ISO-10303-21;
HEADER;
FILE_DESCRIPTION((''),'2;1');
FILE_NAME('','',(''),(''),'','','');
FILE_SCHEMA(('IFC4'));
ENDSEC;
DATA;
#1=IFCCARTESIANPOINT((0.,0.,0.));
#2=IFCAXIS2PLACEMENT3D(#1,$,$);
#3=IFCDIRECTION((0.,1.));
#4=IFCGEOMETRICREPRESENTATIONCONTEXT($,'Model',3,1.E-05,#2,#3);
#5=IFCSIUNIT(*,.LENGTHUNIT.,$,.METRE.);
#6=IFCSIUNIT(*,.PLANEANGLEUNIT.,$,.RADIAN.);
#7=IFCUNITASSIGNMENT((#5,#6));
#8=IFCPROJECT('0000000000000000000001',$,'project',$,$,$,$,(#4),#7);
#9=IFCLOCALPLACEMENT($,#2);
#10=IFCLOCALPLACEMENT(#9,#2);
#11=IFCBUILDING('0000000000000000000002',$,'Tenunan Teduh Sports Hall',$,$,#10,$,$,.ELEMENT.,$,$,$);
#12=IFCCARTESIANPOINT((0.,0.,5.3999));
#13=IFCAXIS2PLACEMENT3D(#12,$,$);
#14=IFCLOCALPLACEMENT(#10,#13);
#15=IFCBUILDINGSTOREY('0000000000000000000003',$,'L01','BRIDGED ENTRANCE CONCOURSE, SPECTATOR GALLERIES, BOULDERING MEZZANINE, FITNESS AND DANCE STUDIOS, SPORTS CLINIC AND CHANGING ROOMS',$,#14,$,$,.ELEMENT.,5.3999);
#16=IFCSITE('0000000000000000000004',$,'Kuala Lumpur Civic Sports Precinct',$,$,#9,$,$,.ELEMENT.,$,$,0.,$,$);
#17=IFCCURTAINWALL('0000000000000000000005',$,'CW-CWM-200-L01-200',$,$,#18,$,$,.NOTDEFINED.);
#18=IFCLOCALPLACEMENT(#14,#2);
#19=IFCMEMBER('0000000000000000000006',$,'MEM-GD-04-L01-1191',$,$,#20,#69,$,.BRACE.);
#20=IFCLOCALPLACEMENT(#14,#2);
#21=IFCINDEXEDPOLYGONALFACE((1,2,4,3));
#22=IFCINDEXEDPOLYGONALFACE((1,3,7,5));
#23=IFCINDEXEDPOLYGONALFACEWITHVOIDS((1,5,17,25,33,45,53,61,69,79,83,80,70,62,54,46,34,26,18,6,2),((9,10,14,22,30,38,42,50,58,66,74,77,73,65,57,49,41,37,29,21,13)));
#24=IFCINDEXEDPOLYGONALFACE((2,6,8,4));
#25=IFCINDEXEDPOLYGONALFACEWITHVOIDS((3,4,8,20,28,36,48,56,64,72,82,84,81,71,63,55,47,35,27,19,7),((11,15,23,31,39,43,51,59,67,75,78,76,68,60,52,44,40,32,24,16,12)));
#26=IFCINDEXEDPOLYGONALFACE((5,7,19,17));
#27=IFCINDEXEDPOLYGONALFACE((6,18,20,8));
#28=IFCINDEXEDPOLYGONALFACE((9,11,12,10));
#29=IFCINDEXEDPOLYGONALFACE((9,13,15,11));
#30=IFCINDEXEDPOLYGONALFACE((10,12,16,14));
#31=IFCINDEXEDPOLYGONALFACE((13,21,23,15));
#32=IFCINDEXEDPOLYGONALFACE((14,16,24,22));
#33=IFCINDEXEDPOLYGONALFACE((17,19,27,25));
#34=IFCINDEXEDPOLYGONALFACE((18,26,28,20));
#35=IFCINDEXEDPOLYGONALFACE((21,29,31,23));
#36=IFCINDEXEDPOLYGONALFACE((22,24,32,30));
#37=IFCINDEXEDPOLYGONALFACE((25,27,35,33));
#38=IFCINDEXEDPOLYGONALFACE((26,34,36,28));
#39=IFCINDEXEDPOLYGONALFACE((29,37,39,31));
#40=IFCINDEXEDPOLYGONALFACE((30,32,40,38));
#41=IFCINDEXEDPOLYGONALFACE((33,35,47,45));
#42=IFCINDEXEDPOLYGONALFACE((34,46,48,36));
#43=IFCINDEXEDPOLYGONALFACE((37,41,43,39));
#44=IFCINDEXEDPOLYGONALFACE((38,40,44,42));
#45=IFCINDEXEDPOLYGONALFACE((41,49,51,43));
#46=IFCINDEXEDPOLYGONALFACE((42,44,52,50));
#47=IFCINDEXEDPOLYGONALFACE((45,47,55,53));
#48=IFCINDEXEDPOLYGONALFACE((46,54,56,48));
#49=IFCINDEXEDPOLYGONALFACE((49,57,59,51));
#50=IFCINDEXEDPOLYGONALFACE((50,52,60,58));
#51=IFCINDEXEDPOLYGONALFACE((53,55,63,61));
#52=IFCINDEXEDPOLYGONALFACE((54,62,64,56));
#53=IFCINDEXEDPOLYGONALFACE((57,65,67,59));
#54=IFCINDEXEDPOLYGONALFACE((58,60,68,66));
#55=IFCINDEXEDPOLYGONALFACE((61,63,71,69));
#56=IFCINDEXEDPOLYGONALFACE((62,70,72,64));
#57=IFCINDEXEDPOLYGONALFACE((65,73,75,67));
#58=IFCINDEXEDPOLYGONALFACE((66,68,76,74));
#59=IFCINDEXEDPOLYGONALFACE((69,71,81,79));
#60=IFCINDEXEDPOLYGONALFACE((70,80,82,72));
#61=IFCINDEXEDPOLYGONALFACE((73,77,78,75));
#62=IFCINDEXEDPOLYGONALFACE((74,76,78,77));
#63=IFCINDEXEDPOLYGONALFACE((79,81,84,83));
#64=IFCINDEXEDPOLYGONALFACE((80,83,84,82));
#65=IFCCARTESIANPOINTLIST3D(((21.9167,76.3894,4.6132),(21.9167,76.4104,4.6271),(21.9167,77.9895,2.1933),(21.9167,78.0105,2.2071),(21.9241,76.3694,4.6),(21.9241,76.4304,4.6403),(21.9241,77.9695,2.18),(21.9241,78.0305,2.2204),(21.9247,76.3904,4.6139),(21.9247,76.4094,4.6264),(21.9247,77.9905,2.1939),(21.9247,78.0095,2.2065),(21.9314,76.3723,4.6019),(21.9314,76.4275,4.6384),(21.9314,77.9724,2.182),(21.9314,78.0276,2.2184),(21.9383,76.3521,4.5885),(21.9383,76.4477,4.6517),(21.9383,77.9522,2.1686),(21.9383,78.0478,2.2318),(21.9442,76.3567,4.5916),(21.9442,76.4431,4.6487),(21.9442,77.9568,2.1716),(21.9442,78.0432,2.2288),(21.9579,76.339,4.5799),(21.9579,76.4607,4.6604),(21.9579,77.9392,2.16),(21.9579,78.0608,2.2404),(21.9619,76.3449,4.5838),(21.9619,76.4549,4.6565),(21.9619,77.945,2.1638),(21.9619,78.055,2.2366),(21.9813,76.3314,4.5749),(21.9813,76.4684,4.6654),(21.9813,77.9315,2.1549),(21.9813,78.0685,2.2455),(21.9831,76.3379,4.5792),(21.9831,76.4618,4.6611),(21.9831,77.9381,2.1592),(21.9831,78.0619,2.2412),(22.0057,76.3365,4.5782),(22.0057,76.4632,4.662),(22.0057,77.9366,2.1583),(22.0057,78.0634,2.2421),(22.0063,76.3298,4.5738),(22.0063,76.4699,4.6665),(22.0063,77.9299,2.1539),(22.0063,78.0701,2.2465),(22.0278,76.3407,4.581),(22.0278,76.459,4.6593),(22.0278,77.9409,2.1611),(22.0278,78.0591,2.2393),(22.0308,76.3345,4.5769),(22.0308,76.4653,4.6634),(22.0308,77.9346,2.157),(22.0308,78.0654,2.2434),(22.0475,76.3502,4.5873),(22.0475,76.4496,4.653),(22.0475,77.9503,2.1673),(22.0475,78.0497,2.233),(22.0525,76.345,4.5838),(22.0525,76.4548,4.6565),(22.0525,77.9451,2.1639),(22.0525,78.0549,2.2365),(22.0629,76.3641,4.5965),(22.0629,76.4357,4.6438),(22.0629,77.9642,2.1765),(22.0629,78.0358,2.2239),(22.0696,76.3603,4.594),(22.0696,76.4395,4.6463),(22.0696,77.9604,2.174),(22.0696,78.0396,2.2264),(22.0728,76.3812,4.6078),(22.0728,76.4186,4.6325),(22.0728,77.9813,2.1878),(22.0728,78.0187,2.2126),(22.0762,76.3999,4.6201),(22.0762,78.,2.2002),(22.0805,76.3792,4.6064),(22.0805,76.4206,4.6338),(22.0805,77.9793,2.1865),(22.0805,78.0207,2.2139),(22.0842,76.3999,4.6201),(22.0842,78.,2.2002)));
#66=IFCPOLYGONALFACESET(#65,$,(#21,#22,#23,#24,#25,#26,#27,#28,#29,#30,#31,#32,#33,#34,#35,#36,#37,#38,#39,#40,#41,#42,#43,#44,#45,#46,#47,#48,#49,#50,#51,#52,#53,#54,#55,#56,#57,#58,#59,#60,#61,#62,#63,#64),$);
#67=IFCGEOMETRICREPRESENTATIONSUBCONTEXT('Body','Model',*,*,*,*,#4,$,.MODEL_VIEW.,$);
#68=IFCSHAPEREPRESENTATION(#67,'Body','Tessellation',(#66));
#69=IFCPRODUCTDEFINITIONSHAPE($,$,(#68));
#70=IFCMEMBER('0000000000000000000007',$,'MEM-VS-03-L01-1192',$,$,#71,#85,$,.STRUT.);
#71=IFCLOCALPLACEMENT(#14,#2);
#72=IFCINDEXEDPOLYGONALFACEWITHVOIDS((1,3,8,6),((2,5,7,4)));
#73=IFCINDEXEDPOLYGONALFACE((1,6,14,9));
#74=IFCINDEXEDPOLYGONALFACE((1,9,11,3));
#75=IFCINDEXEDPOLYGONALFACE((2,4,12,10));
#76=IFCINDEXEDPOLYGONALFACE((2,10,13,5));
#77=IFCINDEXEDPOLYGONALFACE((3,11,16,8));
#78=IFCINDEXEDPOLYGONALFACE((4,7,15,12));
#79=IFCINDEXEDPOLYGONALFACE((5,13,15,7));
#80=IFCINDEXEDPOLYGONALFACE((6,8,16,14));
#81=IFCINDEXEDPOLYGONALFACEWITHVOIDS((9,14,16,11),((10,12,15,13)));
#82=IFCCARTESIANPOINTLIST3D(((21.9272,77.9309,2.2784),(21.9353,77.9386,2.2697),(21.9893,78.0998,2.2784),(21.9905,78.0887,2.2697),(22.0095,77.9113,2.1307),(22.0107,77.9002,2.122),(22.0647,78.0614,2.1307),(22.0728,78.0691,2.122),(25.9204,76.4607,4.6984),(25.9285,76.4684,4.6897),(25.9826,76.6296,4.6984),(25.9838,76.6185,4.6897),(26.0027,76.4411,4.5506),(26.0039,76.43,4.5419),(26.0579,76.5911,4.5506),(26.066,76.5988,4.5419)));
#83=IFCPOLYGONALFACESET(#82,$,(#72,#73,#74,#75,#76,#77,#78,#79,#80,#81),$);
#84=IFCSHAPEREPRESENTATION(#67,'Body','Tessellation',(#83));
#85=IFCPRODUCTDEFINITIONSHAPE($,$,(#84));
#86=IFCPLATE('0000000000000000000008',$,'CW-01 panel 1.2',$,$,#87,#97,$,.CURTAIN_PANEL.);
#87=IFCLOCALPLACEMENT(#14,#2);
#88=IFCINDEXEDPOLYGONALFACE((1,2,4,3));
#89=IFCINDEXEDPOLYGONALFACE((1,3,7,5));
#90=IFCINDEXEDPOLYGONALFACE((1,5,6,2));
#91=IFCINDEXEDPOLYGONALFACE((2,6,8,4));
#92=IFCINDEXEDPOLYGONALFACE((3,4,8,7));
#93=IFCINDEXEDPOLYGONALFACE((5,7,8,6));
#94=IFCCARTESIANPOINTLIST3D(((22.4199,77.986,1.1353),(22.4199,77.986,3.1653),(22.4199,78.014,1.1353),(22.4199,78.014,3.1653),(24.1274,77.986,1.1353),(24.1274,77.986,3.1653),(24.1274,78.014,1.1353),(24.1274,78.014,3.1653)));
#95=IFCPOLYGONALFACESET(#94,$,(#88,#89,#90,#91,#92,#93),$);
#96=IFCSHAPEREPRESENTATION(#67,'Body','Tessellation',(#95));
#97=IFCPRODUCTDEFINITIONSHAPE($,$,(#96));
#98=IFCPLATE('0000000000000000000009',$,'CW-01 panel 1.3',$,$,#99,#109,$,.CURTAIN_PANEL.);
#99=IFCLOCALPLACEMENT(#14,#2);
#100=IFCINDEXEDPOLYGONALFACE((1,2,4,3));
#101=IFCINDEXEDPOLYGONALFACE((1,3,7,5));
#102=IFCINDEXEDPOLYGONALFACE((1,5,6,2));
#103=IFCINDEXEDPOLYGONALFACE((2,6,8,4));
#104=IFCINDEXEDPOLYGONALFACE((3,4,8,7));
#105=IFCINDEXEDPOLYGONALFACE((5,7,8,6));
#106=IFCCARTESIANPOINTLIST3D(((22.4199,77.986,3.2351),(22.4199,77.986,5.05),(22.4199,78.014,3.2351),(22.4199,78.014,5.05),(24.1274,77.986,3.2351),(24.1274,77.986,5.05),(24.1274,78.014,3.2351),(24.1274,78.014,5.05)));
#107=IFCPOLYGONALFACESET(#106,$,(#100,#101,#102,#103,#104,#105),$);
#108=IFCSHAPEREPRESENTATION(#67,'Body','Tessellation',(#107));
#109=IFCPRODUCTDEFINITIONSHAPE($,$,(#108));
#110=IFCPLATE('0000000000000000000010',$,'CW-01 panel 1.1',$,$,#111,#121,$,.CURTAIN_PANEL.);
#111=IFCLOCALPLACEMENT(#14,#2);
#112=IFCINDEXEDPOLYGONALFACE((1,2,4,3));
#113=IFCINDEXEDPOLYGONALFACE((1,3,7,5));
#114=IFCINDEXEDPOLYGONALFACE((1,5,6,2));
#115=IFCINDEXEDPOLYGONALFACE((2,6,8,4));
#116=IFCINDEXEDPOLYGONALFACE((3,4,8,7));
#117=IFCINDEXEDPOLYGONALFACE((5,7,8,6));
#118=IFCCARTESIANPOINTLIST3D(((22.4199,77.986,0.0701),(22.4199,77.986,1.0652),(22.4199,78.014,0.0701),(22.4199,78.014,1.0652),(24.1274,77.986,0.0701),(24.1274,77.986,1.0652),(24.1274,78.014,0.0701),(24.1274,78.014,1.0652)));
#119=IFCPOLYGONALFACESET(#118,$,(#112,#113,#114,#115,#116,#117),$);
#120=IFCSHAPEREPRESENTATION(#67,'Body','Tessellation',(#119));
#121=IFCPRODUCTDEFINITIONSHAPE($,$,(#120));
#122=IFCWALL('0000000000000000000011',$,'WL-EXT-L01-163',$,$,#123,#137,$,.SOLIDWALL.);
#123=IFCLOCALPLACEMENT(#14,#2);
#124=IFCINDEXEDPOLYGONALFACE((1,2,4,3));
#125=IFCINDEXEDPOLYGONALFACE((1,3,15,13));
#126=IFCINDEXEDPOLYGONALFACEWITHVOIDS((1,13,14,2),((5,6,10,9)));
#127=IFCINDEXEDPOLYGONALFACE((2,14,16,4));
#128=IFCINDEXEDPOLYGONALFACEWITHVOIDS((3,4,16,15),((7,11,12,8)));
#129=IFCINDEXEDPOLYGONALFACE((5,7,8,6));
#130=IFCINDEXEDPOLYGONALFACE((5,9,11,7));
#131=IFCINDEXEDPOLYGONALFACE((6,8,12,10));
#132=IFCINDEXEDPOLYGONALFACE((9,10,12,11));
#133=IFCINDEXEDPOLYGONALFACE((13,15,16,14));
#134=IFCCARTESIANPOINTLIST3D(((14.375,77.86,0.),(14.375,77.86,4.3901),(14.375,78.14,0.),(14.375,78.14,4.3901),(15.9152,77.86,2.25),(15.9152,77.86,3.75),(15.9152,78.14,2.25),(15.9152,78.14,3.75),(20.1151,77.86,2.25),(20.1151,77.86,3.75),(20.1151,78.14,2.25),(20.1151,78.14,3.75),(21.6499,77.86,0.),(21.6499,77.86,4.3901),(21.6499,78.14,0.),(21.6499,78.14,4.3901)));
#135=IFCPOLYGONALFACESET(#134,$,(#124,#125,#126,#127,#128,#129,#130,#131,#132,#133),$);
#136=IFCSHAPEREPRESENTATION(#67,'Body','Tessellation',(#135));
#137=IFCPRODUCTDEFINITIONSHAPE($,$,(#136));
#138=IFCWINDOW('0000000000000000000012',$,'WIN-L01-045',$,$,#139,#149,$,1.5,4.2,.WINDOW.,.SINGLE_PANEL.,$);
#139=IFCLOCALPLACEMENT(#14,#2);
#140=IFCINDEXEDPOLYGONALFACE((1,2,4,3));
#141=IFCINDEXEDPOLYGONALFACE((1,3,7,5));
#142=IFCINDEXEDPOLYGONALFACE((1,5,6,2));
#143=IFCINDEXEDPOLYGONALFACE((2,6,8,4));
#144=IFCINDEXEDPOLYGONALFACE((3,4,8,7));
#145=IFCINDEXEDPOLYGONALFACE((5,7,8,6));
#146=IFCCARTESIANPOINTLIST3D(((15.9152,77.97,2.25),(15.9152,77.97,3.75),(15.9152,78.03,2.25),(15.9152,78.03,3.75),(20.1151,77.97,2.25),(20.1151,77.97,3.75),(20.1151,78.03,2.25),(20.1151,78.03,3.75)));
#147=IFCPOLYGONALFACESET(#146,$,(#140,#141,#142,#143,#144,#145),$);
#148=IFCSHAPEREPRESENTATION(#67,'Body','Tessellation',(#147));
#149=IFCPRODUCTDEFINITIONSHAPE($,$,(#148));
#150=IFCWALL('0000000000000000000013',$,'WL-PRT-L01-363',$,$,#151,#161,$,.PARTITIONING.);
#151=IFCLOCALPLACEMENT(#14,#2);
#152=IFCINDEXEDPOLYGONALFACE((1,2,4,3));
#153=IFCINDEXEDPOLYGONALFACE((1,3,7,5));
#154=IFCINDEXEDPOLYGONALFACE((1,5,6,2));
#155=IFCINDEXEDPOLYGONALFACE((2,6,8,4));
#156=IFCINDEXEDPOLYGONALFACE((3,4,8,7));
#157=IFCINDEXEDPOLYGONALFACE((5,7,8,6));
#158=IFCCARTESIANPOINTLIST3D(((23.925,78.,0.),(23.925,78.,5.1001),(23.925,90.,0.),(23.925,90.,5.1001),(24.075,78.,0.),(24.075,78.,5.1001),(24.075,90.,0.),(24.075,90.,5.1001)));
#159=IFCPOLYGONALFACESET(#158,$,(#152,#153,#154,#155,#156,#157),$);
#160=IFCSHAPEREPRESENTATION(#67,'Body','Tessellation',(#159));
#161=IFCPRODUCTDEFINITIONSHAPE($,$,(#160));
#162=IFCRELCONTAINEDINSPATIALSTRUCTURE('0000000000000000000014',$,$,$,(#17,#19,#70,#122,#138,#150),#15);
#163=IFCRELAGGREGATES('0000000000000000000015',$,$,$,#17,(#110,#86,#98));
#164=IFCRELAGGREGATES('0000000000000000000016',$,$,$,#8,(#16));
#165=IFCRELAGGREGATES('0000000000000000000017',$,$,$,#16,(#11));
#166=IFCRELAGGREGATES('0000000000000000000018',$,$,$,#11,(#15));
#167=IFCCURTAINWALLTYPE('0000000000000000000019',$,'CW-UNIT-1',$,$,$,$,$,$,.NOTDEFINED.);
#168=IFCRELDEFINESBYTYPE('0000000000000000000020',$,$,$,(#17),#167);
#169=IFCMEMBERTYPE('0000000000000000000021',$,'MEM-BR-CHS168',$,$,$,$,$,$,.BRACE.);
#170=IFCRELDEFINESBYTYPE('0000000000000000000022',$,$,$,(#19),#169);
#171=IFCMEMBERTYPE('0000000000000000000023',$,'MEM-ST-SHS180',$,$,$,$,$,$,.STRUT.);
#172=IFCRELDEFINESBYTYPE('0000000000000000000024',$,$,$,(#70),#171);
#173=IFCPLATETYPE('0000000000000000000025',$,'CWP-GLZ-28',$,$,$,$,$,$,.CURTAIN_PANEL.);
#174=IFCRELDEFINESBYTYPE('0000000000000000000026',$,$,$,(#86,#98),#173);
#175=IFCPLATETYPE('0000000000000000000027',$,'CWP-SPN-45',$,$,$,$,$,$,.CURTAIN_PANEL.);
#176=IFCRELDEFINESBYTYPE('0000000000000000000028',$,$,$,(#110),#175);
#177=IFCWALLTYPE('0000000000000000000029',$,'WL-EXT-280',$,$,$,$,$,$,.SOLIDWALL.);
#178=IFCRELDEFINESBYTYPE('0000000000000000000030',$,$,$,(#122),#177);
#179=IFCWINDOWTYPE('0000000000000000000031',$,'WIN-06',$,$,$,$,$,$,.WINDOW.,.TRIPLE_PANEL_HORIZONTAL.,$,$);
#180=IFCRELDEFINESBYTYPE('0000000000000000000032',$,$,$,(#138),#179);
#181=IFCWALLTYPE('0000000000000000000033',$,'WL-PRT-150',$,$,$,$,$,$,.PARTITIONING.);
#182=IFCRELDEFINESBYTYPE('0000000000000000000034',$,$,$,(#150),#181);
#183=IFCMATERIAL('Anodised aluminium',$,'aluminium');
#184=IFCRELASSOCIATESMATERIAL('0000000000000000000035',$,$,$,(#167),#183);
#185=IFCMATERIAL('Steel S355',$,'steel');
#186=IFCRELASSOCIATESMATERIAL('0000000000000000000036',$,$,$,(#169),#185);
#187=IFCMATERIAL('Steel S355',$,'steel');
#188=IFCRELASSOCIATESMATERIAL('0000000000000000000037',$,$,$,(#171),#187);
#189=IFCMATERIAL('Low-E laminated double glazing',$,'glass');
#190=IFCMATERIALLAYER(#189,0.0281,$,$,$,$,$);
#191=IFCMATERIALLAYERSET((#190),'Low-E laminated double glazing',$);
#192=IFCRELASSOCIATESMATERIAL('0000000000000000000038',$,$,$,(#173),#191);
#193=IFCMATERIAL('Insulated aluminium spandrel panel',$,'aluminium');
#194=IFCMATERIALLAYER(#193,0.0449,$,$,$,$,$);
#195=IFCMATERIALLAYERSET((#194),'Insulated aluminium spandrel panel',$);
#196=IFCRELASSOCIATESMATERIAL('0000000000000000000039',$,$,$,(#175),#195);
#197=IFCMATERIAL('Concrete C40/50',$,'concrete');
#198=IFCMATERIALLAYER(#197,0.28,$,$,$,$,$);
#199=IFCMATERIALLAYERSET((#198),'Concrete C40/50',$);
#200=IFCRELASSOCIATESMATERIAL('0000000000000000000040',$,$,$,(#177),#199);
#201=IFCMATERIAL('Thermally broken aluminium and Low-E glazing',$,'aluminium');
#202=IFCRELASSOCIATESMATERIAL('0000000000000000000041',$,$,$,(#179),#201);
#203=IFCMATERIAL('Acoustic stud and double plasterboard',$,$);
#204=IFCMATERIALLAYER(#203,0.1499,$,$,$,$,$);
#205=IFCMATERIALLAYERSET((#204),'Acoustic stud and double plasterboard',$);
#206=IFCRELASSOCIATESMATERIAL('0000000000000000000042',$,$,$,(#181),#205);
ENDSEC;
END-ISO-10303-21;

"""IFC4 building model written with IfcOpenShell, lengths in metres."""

from ifc_helpers import new_model, si_unit, direction, frame, frame_2d, origin, origin_2d, place, context, subcontext, project, spatial, rectangle, hollow_rectangle, hollow_circle, extrude, material, layer, layer_set, material_profile, profile_set, type_object, element, fill, aggregate, save


model = new_model("IFC4")

# Units and contexts
model_context = context("Model", 3, precision=1e-05, world=origin(), true_north=direction((0.0, 1.0)))
body_context = subcontext(model_context, "Body", "Model", "MODEL_VIEW")
ifc_project = project(units=[si_unit("LENGTHUNIT", "METRE"), si_unit("PLANEANGLEUNIT", "RADIAN")], contexts=[model_context])

# Site, building, storey
site_placement = place(None, origin())
site = spatial("IfcSite", under=ifc_project, at=site_placement, Name="Kuala Lumpur Civic Sports Precinct", CompositionType="ELEMENT", RefElevation=0.0)
building_placement = place(site_placement, origin())
building = spatial("IfcBuilding", under=site, at=building_placement, Name="Tenunan Teduh Sports Hall", CompositionType="ELEMENT")
storey_placement = place(building_placement, frame((0.0, 0.0, 5.3999)))
storey = spatial("IfcBuildingStorey", under=building, at=storey_placement, Name="L01", Description="BRIDGED ENTRANCE CONCOURSE, SPECTATOR GALLERIES, BOULDERING MEZZANINE, FITNESS AND DANCE STUDIOS, SPORTS CLINIC AND CHANGING ROOMS", CompositionType="ELEMENT", Elevation=5.3999)

# Curtain wall
ifc_material_1 = material(Name="Anodised aluminium", Category="aluminium")
curtain_wall_type = type_object("IfcCurtainWallType", Name="CW-UNIT-1", PredefinedType="NOTDEFINED", material=ifc_material_1)
curtain_wall_placement = place(storey_placement, origin())
curtain_wall = element("IfcCurtainWall", 1, at=curtain_wall_placement, inside=storey, type_object=curtain_wall_type, Name="CW-CWM-200-L01-200", PredefinedType="NOTDEFINED")

# Members
ifc_material_2 = material(Name="Steel S355", Category="steel")
ifc_material_profile_1 = material_profile(ifc_material_2, hollow_circle(Radius=0.0842, WallThickness=0.0081, at=origin_2d()), Name="CHS 168.3x8.0")
ifc_profile_set_1 = profile_set([ifc_material_profile_1], Name="Steel S355")
member_type_1 = type_object("IfcMemberType", Name="MEM-BR-CHS168", PredefinedType="BRACE", material=ifc_profile_set_1)
member_1_placement = place(storey_placement, frame((22.0, 78.0, 2.2002), z_axis=(0.0, -0.55155, 0.834142), x_axis=(1.0, 0.0, 0.0)))
element("IfcMember", 2, at=member_1_placement, inside=storey, type_object=member_type_1, Name="MEM-GD-04-L01-1191", PredefinedType="BRACE", context=body_context, shape_type="SweptSolid", body=[
    extrude(hollow_circle(Radius=0.0842, WallThickness=0.0081, at=origin_2d()), origin(), (0.0, 0.0, 1.0), 2.9011),
])
ifc_material_3 = material(Name="Steel S355", Category="steel")
ifc_material_profile_2 = material_profile(ifc_material_3, hollow_rectangle(XDim=0.1799, YDim=0.1799, WallThickness=0.01, at=origin_2d()), Name="SHS 180x180x10.0")
ifc_profile_set_2 = profile_set([ifc_material_profile_2], Name="Steel S355")
member_type_2 = type_object("IfcMemberType", Name="MEM-ST-SHS180", PredefinedType="STRUT", material=ifc_profile_set_2)
member_2_placement = place(storey_placement, frame((22.0, 78.0, 2.2002), z_axis=(0.815732, -0.300338, 0.494347), x_axis=(0.345509, 0.938416, 0.0)))
element("IfcMember", 3, at=member_2_placement, inside=storey, type_object=member_type_2, Name="MEM-VS-03-L01-1192", PredefinedType="STRUT", context=body_context, shape_type="SweptSolid", body=[
    extrude(hollow_rectangle(XDim=0.1799, YDim=0.1799, WallThickness=0.01, at=origin_2d()), origin(), (0.0, 0.0, 1.0), 4.8953),
])

# Plates
ifc_material_4 = material(Name="Low-E laminated double glazing", Category="glass")
ifc_layer_1 = layer(ifc_material_4, 0.0281)
ifc_layer_set_1 = layer_set([ifc_layer_1], Name="Low-E laminated double glazing")
plate_type_1 = type_object("IfcPlateType", Name="CWP-GLZ-28", PredefinedType="CURTAIN_PANEL", material=ifc_layer_set_1)
plate_1_placement = place(storey_placement, frame((23.2737, 78.0, 1.1353), z_axis=(0.0, 0.0, 1.0), x_axis=(1.0, 0.0, 0.0)))
plate_1 = element("IfcPlate", 4, at=plate_1_placement, type_object=plate_type_1, Name="CW-01 panel 1.2", PredefinedType="CURTAIN_PANEL", context=body_context, shape_type="SweptSolid", body=[
    extrude(rectangle(XDim=1.7075, YDim=0.0281, at=origin_2d()), origin(), (0.0, 0.0, 1.0), 2.03),
])
plate_2_placement = place(storey_placement, frame((23.2737, 78.0, 3.2351), z_axis=(0.0, 0.0, 1.0), x_axis=(1.0, 0.0, 0.0)))
plate_2 = element("IfcPlate", 5, at=plate_2_placement, type_object=plate_type_1, Name="CW-01 panel 1.3", PredefinedType="CURTAIN_PANEL", context=body_context, shape_type="SweptSolid", body=[
    extrude(rectangle(XDim=1.7075, YDim=0.0281, at=origin_2d()), origin(), (0.0, 0.0, 1.0), 1.8149),
])
ifc_material_5 = material(Name="Insulated aluminium spandrel panel", Category="aluminium")
ifc_layer_2 = layer(ifc_material_5, 0.0449)
ifc_layer_set_2 = layer_set([ifc_layer_2], Name="Insulated aluminium spandrel panel")
plate_type_2 = type_object("IfcPlateType", Name="CWP-SPN-45", PredefinedType="CURTAIN_PANEL", material=ifc_layer_set_2)
plate_3_placement = place(storey_placement, frame((23.2737, 78.0, 0.0701), z_axis=(0.0, 0.0, 1.0), x_axis=(1.0, 0.0, 0.0)))
plate_3 = element("IfcPlate", 6, at=plate_3_placement, type_object=plate_type_2, Name="CW-01 panel 1.1", PredefinedType="CURTAIN_PANEL", context=body_context, shape_type="SweptSolid", body=[
    extrude(rectangle(XDim=1.7075, YDim=0.0281, at=origin_2d()), origin(), (0.0, 0.0, 1.0), 0.9951),
])
aggregate(curtain_wall, [plate_3, plate_1, plate_2])

# Wall, opening, window
ifc_material_6 = material(Name="Concrete C40/50", Category="concrete")
ifc_layer_3 = layer(ifc_material_6, 0.28)
ifc_layer_set_3 = layer_set([ifc_layer_3], Name="Concrete C40/50")
wall_type_1 = type_object("IfcWallType", Name="WL-EXT-280", PredefinedType="SOLIDWALL", material=ifc_layer_set_3)
wall_1_placement = place(storey_placement, frame((14.375, 78.0, 0.0), z_axis=(0.0, 0.0, 1.0), x_axis=(1.0, 0.0, 0.0)))
wall_1 = element("IfcWall", 7, at=wall_1_placement, inside=storey, type_object=wall_type_1, Name="WL-EXT-L01-163", PredefinedType="SOLIDWALL", context=body_context, shape_type="SweptSolid", body=[
    extrude(rectangle(XDim=7.2749, YDim=0.28, at=frame_2d((3.6375, 0.0))), origin(), (0.0, 0.0, 1.0), 4.3901),
])
opening_placement = place(wall_1_placement, frame((1.54, 0.0, 2.25)))
opening = element("IfcOpeningElement", 8, at=opening_placement, cuts=wall_1, PredefinedType="OPENING", context=body_context, shape_type="SweptSolid", body=[
    extrude(rectangle(XDim=4.2, YDim=1.5, at=frame_2d((2.1001, 0.75))), frame((0.0, 0.1499, 0.0), z_axis=(0.0, -1.0, 0.0), x_axis=(1.0, 0.0, 0.0)), (0.0, 0.0, 1.0), 0.3),
])
ifc_material_7 = material(Name="Thermally broken aluminium and Low-E glazing", Category="aluminium")
window_type = type_object("IfcWindowType", Name="WIN-06", PartitioningType="TRIPLE_PANEL_HORIZONTAL", PredefinedType="WINDOW", material=ifc_material_7)
window_placement = place(opening_placement, origin())
window = element("IfcWindow", 9, at=window_placement, inside=storey, type_object=window_type, Name="WIN-L01-045", OverallHeight=1.5, OverallWidth=4.2, PartitioningType="SINGLE_PANEL", PredefinedType="WINDOW", context=body_context, shape_type="SweptSolid", body=[
    extrude(rectangle(XDim=4.2, YDim=1.5, at=frame_2d((2.1001, 0.75))), frame((0.0, 0.03, 0.0), z_axis=(0.0, -1.0, 0.0), x_axis=(1.0, 0.0, 0.0)), (0.0, 0.0, 1.0), 0.0601),
])
fill(opening, window)

# Wall
ifc_material_8 = material(Name="Acoustic stud and double plasterboard")
ifc_layer_4 = layer(ifc_material_8, 0.1499)
ifc_layer_set_4 = layer_set([ifc_layer_4], Name="Acoustic stud and double plasterboard")
wall_type_2 = type_object("IfcWallType", Name="WL-PRT-150", PredefinedType="PARTITIONING", material=ifc_layer_set_4)
wall_2_placement = place(storey_placement, frame((24.0, 78.0, 0.0), z_axis=(0.0, 0.0, 1.0), x_axis=(0.0, 1.0, 0.0)))
element("IfcWall", 10, at=wall_2_placement, inside=storey, type_object=wall_type_2, Name="WL-PRT-L01-363", PredefinedType="PARTITIONING", context=body_context, shape_type="SweptSolid", body=[
    extrude(rectangle(XDim=12.0, YDim=0.1499, at=frame_2d((6.0, 0.0))), origin(), (0.0, 0.0, 1.0), 5.1001),
])

save(model, "model.ifc")
